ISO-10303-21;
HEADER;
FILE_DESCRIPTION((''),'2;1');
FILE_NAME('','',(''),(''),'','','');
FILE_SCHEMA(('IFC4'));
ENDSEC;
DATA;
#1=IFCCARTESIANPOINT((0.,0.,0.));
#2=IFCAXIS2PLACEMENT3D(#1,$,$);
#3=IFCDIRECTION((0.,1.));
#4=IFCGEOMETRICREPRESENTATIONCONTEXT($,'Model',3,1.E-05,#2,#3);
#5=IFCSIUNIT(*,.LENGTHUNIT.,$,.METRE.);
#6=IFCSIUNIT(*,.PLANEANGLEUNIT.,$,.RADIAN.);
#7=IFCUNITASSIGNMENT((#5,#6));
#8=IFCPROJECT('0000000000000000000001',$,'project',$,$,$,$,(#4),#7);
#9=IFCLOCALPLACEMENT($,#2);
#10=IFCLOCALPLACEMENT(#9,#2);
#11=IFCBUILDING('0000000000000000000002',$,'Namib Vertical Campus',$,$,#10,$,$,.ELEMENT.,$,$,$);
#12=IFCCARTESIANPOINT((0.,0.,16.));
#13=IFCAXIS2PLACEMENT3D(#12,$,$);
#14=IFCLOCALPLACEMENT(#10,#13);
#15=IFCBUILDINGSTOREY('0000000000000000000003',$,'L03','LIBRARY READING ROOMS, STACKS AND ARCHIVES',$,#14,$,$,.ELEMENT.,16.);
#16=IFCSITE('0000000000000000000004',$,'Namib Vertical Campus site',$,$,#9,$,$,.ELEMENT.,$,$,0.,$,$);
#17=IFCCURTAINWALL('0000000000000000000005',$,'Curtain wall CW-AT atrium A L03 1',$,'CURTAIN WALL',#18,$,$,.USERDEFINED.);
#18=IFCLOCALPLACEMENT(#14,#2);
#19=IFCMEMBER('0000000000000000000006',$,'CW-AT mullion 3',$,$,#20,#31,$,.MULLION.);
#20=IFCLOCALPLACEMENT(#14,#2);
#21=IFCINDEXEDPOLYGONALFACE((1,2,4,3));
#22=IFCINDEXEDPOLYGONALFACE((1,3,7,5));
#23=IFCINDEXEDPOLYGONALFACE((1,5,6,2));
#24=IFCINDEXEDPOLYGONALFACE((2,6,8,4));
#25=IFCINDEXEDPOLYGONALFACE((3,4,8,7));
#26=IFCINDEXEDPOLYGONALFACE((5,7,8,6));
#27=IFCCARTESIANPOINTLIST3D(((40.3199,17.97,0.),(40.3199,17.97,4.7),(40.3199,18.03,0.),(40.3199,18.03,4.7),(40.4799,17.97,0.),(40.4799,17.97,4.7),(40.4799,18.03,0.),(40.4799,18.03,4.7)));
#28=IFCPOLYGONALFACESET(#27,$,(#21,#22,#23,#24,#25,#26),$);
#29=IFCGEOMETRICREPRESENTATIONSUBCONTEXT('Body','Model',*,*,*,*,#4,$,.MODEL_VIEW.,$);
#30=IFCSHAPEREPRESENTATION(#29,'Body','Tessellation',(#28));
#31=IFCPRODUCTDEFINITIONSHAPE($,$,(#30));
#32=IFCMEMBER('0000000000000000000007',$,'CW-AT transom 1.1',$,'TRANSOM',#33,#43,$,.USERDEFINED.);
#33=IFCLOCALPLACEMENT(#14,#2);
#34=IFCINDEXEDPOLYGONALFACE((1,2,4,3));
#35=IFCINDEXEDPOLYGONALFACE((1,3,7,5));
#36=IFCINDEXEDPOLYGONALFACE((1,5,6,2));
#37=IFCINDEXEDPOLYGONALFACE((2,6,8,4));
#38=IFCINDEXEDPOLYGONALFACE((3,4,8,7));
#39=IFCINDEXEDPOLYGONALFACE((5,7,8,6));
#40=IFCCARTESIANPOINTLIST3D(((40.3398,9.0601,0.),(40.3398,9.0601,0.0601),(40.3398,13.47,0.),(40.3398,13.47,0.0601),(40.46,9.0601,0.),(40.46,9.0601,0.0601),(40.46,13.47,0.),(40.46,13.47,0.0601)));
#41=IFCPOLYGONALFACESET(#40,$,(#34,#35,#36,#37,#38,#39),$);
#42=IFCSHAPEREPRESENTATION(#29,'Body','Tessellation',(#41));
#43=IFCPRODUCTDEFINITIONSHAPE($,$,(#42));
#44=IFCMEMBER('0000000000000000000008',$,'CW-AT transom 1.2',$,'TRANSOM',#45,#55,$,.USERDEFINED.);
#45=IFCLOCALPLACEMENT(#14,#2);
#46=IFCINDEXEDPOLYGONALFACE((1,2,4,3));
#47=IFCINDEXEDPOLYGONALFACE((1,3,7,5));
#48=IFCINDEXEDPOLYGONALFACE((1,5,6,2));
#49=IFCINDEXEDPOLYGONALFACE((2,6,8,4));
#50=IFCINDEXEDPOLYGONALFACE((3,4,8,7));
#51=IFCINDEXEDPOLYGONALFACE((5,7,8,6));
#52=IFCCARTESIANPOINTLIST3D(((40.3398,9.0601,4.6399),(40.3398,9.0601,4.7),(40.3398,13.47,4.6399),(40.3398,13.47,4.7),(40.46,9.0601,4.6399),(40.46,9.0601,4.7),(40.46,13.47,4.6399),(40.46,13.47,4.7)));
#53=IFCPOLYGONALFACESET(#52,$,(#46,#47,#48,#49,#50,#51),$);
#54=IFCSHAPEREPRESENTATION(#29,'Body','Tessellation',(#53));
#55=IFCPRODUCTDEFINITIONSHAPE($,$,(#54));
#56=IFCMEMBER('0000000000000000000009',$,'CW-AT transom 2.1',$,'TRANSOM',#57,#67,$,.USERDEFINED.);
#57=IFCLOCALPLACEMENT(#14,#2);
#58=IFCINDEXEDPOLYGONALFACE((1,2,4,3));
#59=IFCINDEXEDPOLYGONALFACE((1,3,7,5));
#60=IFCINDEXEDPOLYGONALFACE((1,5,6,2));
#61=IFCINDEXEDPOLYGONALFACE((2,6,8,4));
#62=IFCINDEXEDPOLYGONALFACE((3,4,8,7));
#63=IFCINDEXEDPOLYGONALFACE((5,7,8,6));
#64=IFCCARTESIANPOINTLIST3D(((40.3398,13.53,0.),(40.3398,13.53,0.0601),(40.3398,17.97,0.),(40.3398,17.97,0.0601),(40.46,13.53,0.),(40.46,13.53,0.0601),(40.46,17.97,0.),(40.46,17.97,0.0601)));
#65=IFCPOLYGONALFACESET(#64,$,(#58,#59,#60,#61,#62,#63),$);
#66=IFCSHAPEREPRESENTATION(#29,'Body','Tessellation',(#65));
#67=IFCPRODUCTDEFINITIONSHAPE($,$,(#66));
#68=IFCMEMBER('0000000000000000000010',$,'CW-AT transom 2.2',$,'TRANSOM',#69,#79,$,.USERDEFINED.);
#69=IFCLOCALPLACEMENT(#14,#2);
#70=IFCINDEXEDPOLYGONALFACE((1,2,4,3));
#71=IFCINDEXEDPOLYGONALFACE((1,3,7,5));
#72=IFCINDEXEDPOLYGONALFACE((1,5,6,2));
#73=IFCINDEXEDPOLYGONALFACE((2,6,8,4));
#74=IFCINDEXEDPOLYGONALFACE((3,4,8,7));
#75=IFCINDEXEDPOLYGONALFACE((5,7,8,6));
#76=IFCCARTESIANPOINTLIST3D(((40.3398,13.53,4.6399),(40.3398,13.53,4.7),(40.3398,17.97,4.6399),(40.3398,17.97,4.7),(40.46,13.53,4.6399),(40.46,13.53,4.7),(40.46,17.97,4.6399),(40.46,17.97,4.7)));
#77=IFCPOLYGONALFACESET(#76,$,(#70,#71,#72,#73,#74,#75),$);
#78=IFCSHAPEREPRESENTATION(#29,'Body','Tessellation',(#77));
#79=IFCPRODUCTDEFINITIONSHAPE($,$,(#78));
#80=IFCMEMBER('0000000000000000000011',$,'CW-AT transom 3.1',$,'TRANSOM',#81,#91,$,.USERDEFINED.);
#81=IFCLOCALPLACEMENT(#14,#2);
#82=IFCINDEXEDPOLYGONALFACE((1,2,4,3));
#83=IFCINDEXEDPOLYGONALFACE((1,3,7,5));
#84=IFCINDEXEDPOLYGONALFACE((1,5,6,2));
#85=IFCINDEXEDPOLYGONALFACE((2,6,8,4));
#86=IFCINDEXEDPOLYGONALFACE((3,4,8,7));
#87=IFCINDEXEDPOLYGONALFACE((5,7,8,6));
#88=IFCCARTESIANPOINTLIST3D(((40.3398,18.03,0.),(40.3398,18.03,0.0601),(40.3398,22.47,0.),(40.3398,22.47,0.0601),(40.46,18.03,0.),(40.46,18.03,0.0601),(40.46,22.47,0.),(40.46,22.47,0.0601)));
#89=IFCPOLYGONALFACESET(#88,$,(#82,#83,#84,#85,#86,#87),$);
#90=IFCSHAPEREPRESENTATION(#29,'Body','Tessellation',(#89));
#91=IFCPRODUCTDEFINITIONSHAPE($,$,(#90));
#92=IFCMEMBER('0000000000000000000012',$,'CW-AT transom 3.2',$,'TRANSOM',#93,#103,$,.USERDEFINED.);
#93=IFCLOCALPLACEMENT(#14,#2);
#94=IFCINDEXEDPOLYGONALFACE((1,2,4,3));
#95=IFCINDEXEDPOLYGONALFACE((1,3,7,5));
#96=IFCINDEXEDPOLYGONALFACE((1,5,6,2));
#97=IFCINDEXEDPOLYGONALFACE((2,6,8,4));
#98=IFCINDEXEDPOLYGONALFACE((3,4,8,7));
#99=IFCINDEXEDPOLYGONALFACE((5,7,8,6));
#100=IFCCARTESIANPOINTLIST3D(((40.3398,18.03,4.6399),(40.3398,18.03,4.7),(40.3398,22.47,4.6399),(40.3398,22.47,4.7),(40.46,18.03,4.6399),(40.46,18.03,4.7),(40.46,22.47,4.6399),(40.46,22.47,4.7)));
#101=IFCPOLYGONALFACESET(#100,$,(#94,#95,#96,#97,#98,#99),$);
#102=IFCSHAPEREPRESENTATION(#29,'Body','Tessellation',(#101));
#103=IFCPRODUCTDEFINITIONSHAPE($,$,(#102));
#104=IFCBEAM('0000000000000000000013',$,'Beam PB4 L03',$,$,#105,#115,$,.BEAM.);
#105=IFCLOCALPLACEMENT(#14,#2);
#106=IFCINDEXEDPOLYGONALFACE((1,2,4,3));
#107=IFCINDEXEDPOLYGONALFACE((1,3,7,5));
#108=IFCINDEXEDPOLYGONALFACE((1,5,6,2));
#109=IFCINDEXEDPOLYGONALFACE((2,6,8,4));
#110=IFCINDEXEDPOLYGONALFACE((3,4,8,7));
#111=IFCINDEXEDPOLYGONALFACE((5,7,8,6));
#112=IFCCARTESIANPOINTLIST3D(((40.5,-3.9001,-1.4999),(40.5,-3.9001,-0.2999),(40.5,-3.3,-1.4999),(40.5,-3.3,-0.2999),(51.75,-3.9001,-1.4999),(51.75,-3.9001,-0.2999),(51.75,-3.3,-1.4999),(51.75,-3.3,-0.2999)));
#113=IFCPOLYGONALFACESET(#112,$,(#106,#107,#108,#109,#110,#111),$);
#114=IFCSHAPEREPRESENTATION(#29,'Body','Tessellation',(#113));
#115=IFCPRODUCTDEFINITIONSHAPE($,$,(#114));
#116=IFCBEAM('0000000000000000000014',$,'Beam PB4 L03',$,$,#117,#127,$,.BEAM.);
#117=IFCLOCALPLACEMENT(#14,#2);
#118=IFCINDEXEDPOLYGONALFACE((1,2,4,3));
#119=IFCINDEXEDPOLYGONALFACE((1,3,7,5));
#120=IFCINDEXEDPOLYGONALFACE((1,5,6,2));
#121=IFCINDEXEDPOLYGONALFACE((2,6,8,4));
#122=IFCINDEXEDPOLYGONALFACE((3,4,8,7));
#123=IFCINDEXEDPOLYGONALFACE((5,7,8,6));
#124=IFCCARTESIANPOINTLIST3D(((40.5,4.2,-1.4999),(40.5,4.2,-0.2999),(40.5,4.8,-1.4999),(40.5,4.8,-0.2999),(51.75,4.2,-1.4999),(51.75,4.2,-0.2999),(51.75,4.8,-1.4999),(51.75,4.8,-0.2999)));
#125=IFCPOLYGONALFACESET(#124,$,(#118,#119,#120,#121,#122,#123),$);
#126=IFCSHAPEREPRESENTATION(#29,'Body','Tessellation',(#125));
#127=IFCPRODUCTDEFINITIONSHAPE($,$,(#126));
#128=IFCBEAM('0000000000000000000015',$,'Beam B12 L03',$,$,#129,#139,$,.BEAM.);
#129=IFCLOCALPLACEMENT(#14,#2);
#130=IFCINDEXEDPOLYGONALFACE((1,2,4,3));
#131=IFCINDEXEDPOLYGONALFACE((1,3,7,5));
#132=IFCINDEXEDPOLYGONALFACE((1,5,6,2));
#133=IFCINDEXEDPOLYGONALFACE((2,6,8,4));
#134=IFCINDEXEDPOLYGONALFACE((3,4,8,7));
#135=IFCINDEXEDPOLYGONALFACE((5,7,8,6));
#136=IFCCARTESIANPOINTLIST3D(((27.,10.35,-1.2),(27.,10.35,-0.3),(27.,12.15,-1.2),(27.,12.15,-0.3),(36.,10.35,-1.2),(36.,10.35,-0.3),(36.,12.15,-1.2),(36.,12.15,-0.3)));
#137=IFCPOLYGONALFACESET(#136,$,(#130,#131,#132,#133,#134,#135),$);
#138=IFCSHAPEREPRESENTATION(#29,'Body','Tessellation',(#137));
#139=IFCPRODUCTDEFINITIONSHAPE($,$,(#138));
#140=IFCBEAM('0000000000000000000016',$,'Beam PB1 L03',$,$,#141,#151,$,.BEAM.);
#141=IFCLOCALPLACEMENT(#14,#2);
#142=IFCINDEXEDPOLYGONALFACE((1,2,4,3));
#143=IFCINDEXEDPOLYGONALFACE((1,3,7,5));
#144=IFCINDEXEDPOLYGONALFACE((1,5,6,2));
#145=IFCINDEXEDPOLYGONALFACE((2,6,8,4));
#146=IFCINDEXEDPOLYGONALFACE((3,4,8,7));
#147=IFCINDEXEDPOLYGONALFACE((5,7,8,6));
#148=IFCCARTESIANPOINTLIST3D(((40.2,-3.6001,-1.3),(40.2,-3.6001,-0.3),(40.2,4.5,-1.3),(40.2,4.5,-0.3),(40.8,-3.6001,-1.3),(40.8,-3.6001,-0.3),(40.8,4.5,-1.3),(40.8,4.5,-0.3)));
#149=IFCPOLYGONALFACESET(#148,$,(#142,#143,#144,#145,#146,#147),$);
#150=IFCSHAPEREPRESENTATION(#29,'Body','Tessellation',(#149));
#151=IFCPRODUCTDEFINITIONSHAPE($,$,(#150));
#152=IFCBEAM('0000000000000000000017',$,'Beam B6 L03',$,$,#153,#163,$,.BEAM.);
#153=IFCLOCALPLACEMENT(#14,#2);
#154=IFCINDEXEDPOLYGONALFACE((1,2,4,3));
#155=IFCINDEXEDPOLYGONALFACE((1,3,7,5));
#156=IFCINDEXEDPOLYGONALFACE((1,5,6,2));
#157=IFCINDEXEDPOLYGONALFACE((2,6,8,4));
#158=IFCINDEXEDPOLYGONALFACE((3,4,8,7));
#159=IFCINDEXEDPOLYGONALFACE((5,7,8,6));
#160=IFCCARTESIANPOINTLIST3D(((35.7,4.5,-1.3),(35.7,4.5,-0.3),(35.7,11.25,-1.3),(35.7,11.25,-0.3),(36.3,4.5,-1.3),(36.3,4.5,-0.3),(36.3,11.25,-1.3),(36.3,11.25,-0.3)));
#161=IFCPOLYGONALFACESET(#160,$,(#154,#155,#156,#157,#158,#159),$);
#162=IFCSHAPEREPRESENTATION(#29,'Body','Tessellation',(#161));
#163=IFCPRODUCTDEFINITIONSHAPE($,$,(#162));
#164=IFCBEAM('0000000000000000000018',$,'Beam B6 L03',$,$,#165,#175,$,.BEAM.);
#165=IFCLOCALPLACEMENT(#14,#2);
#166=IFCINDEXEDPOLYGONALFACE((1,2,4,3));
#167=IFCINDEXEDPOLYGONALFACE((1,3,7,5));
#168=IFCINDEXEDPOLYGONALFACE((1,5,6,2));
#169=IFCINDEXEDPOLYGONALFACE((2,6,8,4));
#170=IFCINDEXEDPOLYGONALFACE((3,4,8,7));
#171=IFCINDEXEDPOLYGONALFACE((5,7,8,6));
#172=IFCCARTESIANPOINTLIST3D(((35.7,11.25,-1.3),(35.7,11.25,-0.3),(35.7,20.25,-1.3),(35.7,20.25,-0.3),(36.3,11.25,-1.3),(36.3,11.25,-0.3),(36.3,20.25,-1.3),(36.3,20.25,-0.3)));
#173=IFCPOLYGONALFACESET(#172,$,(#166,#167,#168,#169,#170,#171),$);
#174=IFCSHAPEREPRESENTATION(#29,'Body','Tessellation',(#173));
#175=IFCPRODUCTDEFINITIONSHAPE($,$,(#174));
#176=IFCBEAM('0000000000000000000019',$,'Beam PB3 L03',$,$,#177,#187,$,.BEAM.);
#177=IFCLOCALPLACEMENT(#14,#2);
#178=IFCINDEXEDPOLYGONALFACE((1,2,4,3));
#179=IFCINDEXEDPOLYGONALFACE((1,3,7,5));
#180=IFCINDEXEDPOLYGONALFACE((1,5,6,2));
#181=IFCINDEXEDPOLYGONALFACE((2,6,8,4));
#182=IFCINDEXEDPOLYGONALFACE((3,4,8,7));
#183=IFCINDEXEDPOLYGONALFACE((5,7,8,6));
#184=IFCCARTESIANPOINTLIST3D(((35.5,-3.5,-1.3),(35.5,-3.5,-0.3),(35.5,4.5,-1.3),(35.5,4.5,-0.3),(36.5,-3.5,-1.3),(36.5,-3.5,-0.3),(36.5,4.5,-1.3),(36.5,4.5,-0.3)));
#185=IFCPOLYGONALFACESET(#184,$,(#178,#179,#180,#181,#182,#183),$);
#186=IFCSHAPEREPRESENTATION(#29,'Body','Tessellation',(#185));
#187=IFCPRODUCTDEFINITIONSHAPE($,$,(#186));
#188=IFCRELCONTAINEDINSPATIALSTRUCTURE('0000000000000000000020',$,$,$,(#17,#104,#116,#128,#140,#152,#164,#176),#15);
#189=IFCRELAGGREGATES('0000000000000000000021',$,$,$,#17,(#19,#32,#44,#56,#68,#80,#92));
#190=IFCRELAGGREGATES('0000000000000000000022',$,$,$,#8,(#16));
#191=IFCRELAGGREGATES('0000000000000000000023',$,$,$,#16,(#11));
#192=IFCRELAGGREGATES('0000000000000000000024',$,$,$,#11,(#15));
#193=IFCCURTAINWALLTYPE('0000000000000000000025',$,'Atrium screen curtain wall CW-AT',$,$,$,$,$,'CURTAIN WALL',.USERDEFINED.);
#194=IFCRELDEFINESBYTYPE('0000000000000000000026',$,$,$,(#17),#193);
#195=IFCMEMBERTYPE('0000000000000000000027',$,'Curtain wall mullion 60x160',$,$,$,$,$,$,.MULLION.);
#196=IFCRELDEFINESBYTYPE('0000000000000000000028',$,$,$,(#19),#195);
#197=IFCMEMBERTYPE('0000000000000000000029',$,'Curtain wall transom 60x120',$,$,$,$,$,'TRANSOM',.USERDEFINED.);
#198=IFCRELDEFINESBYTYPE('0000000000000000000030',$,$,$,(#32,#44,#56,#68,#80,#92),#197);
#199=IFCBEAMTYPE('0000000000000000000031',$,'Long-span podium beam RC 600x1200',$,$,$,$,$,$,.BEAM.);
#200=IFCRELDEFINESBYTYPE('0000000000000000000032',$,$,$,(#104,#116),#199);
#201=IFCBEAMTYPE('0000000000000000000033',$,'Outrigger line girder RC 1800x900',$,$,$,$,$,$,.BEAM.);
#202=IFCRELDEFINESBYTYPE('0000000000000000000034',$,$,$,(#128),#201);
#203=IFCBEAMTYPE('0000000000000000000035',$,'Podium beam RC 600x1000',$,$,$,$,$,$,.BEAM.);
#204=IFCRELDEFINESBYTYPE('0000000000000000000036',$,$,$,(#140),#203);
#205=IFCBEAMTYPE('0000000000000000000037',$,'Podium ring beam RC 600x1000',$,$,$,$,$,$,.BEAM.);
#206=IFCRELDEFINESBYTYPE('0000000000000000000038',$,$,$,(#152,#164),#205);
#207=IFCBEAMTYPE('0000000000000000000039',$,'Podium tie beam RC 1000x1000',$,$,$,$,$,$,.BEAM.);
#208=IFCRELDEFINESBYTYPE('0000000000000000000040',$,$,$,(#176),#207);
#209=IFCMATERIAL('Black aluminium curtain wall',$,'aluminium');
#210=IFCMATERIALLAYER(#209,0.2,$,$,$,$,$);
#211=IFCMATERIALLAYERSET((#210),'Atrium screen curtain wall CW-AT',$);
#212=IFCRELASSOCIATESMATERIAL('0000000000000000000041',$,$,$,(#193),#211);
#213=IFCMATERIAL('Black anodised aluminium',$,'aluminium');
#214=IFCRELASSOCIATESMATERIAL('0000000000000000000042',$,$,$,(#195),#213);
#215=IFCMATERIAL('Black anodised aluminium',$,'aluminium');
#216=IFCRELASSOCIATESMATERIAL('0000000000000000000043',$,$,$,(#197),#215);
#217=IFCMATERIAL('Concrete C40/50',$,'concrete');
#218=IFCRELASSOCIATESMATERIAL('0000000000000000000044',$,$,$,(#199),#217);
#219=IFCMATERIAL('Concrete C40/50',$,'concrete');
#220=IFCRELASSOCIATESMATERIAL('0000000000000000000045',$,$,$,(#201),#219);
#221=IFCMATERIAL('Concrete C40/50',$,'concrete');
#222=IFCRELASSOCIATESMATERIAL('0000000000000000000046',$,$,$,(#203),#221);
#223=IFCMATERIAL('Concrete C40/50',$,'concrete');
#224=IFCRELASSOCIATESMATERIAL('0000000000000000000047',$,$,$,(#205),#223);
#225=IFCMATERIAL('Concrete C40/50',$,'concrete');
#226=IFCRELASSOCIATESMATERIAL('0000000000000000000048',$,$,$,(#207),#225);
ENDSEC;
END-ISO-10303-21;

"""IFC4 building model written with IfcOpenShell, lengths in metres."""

from ifc_helpers import new_model, si_unit, direction, frame, origin, origin_2d, place, context, subcontext, project, spatial, rectangle, extrude, material, layer, layer_set, material_profile, profile_set, type_object, element, aggregate, save


model = new_model("IFC4")

# Units and contexts
model_context = context("Model", 3, precision=1e-05, world=origin(), true_north=direction((0.0, 1.0)))
body_context = subcontext(model_context, "Body", "Model", "MODEL_VIEW")
ifc_project = project(units=[si_unit("LENGTHUNIT", "METRE"), si_unit("PLANEANGLEUNIT", "RADIAN")], contexts=[model_context])

# Site, building, storey
site_placement = place(None, origin())
site = spatial("IfcSite", under=ifc_project, at=site_placement, Name="Namib Vertical Campus site", CompositionType="ELEMENT", RefElevation=0.0)
building_placement = place(site_placement, origin())
building = spatial("IfcBuilding", under=site, at=building_placement, Name="Namib Vertical Campus", CompositionType="ELEMENT")
storey_placement = place(building_placement, frame((0.0, 0.0, 16.0)))
storey = spatial("IfcBuildingStorey", under=building, at=storey_placement, Name="L03", Description="LIBRARY READING ROOMS, STACKS AND ARCHIVES", CompositionType="ELEMENT", Elevation=16.0)

# Curtain wall, members
ifc_material_1 = material(Name="Black aluminium curtain wall", Category="aluminium")
ifc_layer_1 = layer(ifc_material_1, 0.2)
ifc_layer_set_1 = layer_set([ifc_layer_1], Name="Atrium screen curtain wall CW-AT")
curtain_wall_type = type_object("IfcCurtainWallType", Name="Atrium screen curtain wall CW-AT", ElementType="CURTAIN WALL", PredefinedType="USERDEFINED", material=ifc_layer_set_1)
curtain_wall_placement = place(storey_placement, origin())
curtain_wall = element("IfcCurtainWall", 1, at=curtain_wall_placement, inside=storey, type_object=curtain_wall_type, Name="Curtain wall CW-AT atrium A L03 1", ObjectType="CURTAIN WALL", PredefinedType="USERDEFINED")
ifc_material_2 = material(Name="Black anodised aluminium", Category="aluminium")
ifc_material_profile_1 = material_profile(ifc_material_2, rectangle(XDim=0.0601, YDim=0.1599, at=origin_2d()))
ifc_profile_set_1 = profile_set([ifc_material_profile_1], Name="Black anodised aluminium")
member_type_1 = type_object("IfcMemberType", Name="Curtain wall mullion 60x160", PredefinedType="MULLION", material=ifc_profile_set_1)
member_1_placement = place(storey_placement, frame((40.3999, 18.0, 0.0), z_axis=(0.0, 0.0, 1.0), x_axis=(0.0, 1.0, 0.0)))
member_1 = element("IfcMember", 2, at=member_1_placement, type_object=member_type_1, Name="CW-AT mullion 3", PredefinedType="MULLION", context=body_context, shape_type="SweptSolid", body=[
    extrude(rectangle(XDim=0.0601, YDim=0.1599, at=origin_2d()), origin(), (0.0, 0.0, 1.0), 4.7),
])
ifc_material_3 = material(Name="Black anodised aluminium", Category="aluminium")
ifc_material_profile_2 = material_profile(ifc_material_3, rectangle(XDim=0.0601, YDim=0.1201, at=origin_2d()))
ifc_profile_set_2 = profile_set([ifc_material_profile_2], Name="Black anodised aluminium")
member_type_2 = type_object("IfcMemberType", Name="Curtain wall transom 60x120", ElementType="TRANSOM", PredefinedType="USERDEFINED", material=ifc_profile_set_2)
member_2_placement = place(storey_placement, frame((40.3999, 9.0601, 0.03), z_axis=(0.0, 1.0, 0.0), x_axis=(0.0, 0.0, 1.0)))
member_2 = element("IfcMember", 3, at=member_2_placement, type_object=member_type_2, Name="CW-AT transom 1.1", ObjectType="TRANSOM", PredefinedType="USERDEFINED", context=body_context, shape_type="SweptSolid", body=[
    extrude(rectangle(XDim=0.0601, YDim=0.1201, at=origin_2d()), origin(), (0.0, 0.0, 1.0), 4.4099),
])
member_3_placement = place(storey_placement, frame((40.3999, 9.0601, 4.6699), z_axis=(0.0, 1.0, 0.0), x_axis=(0.0, 0.0, 1.0)))
member_3 = element("IfcMember", 4, at=member_3_placement, type_object=member_type_2, Name="CW-AT transom 1.2", ObjectType="TRANSOM", PredefinedType="USERDEFINED", context=body_context, shape_type="SweptSolid", body=[
    extrude(rectangle(XDim=0.0601, YDim=0.1201, at=origin_2d()), origin(), (0.0, 0.0, 1.0), 4.4099),
])
member_4_placement = place(storey_placement, frame((40.3999, 13.53, 0.03), z_axis=(0.0, 1.0, 0.0), x_axis=(0.0, 0.0, 1.0)))
member_4 = element("IfcMember", 5, at=member_4_placement, type_object=member_type_2, Name="CW-AT transom 2.1", ObjectType="TRANSOM", PredefinedType="USERDEFINED", context=body_context, shape_type="SweptSolid", body=[
    extrude(rectangle(XDim=0.0601, YDim=0.1201, at=origin_2d()), origin(), (0.0, 0.0, 1.0), 4.4399),
])
member_5_placement = place(storey_placement, frame((40.3999, 13.53, 4.6699), z_axis=(0.0, 1.0, 0.0), x_axis=(0.0, 0.0, 1.0)))
member_5 = element("IfcMember", 6, at=member_5_placement, type_object=member_type_2, Name="CW-AT transom 2.2", ObjectType="TRANSOM", PredefinedType="USERDEFINED", context=body_context, shape_type="SweptSolid", body=[
    extrude(rectangle(XDim=0.0601, YDim=0.1201, at=origin_2d()), origin(), (0.0, 0.0, 1.0), 4.4399),
])
member_6_placement = place(storey_placement, frame((40.3999, 18.03, 0.03), z_axis=(0.0, 1.0, 0.0), x_axis=(0.0, 0.0, 1.0)))
member_6 = element("IfcMember", 7, at=member_6_placement, type_object=member_type_2, Name="CW-AT transom 3.1", ObjectType="TRANSOM", PredefinedType="USERDEFINED", context=body_context, shape_type="SweptSolid", body=[
    extrude(rectangle(XDim=0.0601, YDim=0.1201, at=origin_2d()), origin(), (0.0, 0.0, 1.0), 4.4399),
])
member_7_placement = place(storey_placement, frame((40.3999, 18.03, 4.6699), z_axis=(0.0, 1.0, 0.0), x_axis=(0.0, 0.0, 1.0)))
member_7 = element("IfcMember", 8, at=member_7_placement, type_object=member_type_2, Name="CW-AT transom 3.2", ObjectType="TRANSOM", PredefinedType="USERDEFINED", context=body_context, shape_type="SweptSolid", body=[
    extrude(rectangle(XDim=0.0601, YDim=0.1201, at=origin_2d()), origin(), (0.0, 0.0, 1.0), 4.4399),
])

# Beams
ifc_material_4 = material(Name="Concrete C40/50", Category="concrete")
ifc_material_profile_3 = material_profile(ifc_material_4, rectangle(XDim=0.6001, YDim=1.2, at=origin_2d()))
ifc_profile_set_3 = profile_set([ifc_material_profile_3], Name="Concrete C40/50")
beam_type_1 = type_object("IfcBeamType", Name="Long-span podium beam RC 600x1200", PredefinedType="BEAM", material=ifc_profile_set_3)
for number, where, z_axis, x_axis, name in (
    (9, (40.5, -3.6001, -0.8999), (1.0, 0.0, 0.0), (0.0, 1.0, 0.0), "Beam PB4 L03"),
    (10, (40.5, 4.5, -0.8999), (1.0, 0.0, 0.0), (0.0, 1.0, 0.0), "Beam PB4 L03"),
):
    element("IfcBeam", number, at=place(storey_placement, frame(where, z_axis=z_axis, x_axis=x_axis)), inside=storey, type_object=beam_type_1, Name=name, PredefinedType="BEAM", context=body_context, shape_type="SweptSolid", body=[
        extrude(rectangle(XDim=0.6001, YDim=1.2, at=origin_2d()), origin(), (0.0, 0.0, 1.0), 11.25),
    ])
ifc_material_5 = material(Name="Concrete C40/50", Category="concrete")
ifc_material_profile_4 = material_profile(ifc_material_5, rectangle(XDim=1.8, YDim=0.8999, at=origin_2d()))
ifc_profile_set_4 = profile_set([ifc_material_profile_4], Name="Concrete C40/50")
beam_type_2 = type_object("IfcBeamType", Name="Outrigger line girder RC 1800x900", PredefinedType="BEAM", material=ifc_profile_set_4)
beam_1_placement = place(storey_placement, frame((36.0, 11.25, -0.75), z_axis=(-1.0, 0.0, 0.0), x_axis=(0.0, -1.0, 0.0)))
element("IfcBeam", 11, at=beam_1_placement, inside=storey, type_object=beam_type_2, Name="Beam B12 L03", PredefinedType="BEAM", context=body_context, shape_type="SweptSolid", body=[
    extrude(rectangle(XDim=1.8, YDim=0.8999, at=origin_2d()), origin(), (0.0, 0.0, 1.0), 9.0),
])
ifc_material_6 = material(Name="Concrete C40/50", Category="concrete")
ifc_material_profile_5 = material_profile(ifc_material_6, rectangle(XDim=0.6001, YDim=1.0, at=origin_2d()))
ifc_profile_set_5 = profile_set([ifc_material_profile_5], Name="Concrete C40/50")
beam_type_3 = type_object("IfcBeamType", Name="Podium beam RC 600x1000", PredefinedType="BEAM", material=ifc_profile_set_5)
beam_2_placement = place(storey_placement, frame((40.5, -3.6001, -0.8), z_axis=(0.0, 1.0, 0.0), x_axis=(-1.0, 0.0, 0.0)))
element("IfcBeam", 12, at=beam_2_placement, inside=storey, type_object=beam_type_3, Name="Beam PB1 L03", PredefinedType="BEAM", context=body_context, shape_type="SweptSolid", body=[
    extrude(rectangle(XDim=0.6001, YDim=1.0, at=origin_2d()), origin(), (0.0, 0.0, 1.0), 8.1001),
])
ifc_material_7 = material(Name="Concrete C40/50", Category="concrete")
ifc_material_profile_6 = material_profile(ifc_material_7, rectangle(XDim=0.6001, YDim=1.0, at=origin_2d()))
ifc_profile_set_6 = profile_set([ifc_material_profile_6], Name="Concrete C40/50")
beam_type_4 = type_object("IfcBeamType", Name="Podium ring beam RC 600x1000", PredefinedType="BEAM", material=ifc_profile_set_6)
beam_3_placement = place(storey_placement, frame((36.0, 4.5, -0.8), z_axis=(0.0, 1.0, 0.0), x_axis=(-1.0, 0.0, 0.0)))
element("IfcBeam", 13, at=beam_3_placement, inside=storey, type_object=beam_type_4, Name="Beam B6 L03", PredefinedType="BEAM", context=body_context, shape_type="SweptSolid", body=[
    extrude(rectangle(XDim=0.6001, YDim=1.0, at=origin_2d()), origin(), (0.0, 0.0, 1.0), 6.75),
])
beam_4_placement = place(storey_placement, frame((36.0, 11.25, -0.8), z_axis=(0.0, 1.0, 0.0), x_axis=(-1.0, 0.0, 0.0)))
element("IfcBeam", 14, at=beam_4_placement, inside=storey, type_object=beam_type_4, Name="Beam B6 L03", PredefinedType="BEAM", context=body_context, shape_type="SweptSolid", body=[
    extrude(rectangle(XDim=0.6001, YDim=1.0, at=origin_2d()), origin(), (0.0, 0.0, 1.0), 9.0),
])
ifc_material_8 = material(Name="Concrete C40/50", Category="concrete")
ifc_material_profile_7 = material_profile(ifc_material_8, rectangle(XDim=1.0, YDim=1.0, at=origin_2d()))
ifc_profile_set_7 = profile_set([ifc_material_profile_7], Name="Concrete C40/50")
beam_type_5 = type_object("IfcBeamType", Name="Podium tie beam RC 1000x1000", PredefinedType="BEAM", material=ifc_profile_set_7)
beam_5_placement = place(storey_placement, frame((36.0, -3.5, -0.8), z_axis=(0.0, 1.0, 0.0), x_axis=(-1.0, 0.0, 0.0)))
element("IfcBeam", 15, at=beam_5_placement, inside=storey, type_object=beam_type_5, Name="Beam PB3 L03", PredefinedType="BEAM", context=body_context, shape_type="SweptSolid", body=[
    extrude(rectangle(XDim=1.0, YDim=1.0, at=origin_2d()), origin(), (0.0, 0.0, 1.0), 8.0),
])

aggregate(curtain_wall, [member_1, member_2, member_3, member_4, member_5, member_6, member_7])

save(model, "model.ifc")
